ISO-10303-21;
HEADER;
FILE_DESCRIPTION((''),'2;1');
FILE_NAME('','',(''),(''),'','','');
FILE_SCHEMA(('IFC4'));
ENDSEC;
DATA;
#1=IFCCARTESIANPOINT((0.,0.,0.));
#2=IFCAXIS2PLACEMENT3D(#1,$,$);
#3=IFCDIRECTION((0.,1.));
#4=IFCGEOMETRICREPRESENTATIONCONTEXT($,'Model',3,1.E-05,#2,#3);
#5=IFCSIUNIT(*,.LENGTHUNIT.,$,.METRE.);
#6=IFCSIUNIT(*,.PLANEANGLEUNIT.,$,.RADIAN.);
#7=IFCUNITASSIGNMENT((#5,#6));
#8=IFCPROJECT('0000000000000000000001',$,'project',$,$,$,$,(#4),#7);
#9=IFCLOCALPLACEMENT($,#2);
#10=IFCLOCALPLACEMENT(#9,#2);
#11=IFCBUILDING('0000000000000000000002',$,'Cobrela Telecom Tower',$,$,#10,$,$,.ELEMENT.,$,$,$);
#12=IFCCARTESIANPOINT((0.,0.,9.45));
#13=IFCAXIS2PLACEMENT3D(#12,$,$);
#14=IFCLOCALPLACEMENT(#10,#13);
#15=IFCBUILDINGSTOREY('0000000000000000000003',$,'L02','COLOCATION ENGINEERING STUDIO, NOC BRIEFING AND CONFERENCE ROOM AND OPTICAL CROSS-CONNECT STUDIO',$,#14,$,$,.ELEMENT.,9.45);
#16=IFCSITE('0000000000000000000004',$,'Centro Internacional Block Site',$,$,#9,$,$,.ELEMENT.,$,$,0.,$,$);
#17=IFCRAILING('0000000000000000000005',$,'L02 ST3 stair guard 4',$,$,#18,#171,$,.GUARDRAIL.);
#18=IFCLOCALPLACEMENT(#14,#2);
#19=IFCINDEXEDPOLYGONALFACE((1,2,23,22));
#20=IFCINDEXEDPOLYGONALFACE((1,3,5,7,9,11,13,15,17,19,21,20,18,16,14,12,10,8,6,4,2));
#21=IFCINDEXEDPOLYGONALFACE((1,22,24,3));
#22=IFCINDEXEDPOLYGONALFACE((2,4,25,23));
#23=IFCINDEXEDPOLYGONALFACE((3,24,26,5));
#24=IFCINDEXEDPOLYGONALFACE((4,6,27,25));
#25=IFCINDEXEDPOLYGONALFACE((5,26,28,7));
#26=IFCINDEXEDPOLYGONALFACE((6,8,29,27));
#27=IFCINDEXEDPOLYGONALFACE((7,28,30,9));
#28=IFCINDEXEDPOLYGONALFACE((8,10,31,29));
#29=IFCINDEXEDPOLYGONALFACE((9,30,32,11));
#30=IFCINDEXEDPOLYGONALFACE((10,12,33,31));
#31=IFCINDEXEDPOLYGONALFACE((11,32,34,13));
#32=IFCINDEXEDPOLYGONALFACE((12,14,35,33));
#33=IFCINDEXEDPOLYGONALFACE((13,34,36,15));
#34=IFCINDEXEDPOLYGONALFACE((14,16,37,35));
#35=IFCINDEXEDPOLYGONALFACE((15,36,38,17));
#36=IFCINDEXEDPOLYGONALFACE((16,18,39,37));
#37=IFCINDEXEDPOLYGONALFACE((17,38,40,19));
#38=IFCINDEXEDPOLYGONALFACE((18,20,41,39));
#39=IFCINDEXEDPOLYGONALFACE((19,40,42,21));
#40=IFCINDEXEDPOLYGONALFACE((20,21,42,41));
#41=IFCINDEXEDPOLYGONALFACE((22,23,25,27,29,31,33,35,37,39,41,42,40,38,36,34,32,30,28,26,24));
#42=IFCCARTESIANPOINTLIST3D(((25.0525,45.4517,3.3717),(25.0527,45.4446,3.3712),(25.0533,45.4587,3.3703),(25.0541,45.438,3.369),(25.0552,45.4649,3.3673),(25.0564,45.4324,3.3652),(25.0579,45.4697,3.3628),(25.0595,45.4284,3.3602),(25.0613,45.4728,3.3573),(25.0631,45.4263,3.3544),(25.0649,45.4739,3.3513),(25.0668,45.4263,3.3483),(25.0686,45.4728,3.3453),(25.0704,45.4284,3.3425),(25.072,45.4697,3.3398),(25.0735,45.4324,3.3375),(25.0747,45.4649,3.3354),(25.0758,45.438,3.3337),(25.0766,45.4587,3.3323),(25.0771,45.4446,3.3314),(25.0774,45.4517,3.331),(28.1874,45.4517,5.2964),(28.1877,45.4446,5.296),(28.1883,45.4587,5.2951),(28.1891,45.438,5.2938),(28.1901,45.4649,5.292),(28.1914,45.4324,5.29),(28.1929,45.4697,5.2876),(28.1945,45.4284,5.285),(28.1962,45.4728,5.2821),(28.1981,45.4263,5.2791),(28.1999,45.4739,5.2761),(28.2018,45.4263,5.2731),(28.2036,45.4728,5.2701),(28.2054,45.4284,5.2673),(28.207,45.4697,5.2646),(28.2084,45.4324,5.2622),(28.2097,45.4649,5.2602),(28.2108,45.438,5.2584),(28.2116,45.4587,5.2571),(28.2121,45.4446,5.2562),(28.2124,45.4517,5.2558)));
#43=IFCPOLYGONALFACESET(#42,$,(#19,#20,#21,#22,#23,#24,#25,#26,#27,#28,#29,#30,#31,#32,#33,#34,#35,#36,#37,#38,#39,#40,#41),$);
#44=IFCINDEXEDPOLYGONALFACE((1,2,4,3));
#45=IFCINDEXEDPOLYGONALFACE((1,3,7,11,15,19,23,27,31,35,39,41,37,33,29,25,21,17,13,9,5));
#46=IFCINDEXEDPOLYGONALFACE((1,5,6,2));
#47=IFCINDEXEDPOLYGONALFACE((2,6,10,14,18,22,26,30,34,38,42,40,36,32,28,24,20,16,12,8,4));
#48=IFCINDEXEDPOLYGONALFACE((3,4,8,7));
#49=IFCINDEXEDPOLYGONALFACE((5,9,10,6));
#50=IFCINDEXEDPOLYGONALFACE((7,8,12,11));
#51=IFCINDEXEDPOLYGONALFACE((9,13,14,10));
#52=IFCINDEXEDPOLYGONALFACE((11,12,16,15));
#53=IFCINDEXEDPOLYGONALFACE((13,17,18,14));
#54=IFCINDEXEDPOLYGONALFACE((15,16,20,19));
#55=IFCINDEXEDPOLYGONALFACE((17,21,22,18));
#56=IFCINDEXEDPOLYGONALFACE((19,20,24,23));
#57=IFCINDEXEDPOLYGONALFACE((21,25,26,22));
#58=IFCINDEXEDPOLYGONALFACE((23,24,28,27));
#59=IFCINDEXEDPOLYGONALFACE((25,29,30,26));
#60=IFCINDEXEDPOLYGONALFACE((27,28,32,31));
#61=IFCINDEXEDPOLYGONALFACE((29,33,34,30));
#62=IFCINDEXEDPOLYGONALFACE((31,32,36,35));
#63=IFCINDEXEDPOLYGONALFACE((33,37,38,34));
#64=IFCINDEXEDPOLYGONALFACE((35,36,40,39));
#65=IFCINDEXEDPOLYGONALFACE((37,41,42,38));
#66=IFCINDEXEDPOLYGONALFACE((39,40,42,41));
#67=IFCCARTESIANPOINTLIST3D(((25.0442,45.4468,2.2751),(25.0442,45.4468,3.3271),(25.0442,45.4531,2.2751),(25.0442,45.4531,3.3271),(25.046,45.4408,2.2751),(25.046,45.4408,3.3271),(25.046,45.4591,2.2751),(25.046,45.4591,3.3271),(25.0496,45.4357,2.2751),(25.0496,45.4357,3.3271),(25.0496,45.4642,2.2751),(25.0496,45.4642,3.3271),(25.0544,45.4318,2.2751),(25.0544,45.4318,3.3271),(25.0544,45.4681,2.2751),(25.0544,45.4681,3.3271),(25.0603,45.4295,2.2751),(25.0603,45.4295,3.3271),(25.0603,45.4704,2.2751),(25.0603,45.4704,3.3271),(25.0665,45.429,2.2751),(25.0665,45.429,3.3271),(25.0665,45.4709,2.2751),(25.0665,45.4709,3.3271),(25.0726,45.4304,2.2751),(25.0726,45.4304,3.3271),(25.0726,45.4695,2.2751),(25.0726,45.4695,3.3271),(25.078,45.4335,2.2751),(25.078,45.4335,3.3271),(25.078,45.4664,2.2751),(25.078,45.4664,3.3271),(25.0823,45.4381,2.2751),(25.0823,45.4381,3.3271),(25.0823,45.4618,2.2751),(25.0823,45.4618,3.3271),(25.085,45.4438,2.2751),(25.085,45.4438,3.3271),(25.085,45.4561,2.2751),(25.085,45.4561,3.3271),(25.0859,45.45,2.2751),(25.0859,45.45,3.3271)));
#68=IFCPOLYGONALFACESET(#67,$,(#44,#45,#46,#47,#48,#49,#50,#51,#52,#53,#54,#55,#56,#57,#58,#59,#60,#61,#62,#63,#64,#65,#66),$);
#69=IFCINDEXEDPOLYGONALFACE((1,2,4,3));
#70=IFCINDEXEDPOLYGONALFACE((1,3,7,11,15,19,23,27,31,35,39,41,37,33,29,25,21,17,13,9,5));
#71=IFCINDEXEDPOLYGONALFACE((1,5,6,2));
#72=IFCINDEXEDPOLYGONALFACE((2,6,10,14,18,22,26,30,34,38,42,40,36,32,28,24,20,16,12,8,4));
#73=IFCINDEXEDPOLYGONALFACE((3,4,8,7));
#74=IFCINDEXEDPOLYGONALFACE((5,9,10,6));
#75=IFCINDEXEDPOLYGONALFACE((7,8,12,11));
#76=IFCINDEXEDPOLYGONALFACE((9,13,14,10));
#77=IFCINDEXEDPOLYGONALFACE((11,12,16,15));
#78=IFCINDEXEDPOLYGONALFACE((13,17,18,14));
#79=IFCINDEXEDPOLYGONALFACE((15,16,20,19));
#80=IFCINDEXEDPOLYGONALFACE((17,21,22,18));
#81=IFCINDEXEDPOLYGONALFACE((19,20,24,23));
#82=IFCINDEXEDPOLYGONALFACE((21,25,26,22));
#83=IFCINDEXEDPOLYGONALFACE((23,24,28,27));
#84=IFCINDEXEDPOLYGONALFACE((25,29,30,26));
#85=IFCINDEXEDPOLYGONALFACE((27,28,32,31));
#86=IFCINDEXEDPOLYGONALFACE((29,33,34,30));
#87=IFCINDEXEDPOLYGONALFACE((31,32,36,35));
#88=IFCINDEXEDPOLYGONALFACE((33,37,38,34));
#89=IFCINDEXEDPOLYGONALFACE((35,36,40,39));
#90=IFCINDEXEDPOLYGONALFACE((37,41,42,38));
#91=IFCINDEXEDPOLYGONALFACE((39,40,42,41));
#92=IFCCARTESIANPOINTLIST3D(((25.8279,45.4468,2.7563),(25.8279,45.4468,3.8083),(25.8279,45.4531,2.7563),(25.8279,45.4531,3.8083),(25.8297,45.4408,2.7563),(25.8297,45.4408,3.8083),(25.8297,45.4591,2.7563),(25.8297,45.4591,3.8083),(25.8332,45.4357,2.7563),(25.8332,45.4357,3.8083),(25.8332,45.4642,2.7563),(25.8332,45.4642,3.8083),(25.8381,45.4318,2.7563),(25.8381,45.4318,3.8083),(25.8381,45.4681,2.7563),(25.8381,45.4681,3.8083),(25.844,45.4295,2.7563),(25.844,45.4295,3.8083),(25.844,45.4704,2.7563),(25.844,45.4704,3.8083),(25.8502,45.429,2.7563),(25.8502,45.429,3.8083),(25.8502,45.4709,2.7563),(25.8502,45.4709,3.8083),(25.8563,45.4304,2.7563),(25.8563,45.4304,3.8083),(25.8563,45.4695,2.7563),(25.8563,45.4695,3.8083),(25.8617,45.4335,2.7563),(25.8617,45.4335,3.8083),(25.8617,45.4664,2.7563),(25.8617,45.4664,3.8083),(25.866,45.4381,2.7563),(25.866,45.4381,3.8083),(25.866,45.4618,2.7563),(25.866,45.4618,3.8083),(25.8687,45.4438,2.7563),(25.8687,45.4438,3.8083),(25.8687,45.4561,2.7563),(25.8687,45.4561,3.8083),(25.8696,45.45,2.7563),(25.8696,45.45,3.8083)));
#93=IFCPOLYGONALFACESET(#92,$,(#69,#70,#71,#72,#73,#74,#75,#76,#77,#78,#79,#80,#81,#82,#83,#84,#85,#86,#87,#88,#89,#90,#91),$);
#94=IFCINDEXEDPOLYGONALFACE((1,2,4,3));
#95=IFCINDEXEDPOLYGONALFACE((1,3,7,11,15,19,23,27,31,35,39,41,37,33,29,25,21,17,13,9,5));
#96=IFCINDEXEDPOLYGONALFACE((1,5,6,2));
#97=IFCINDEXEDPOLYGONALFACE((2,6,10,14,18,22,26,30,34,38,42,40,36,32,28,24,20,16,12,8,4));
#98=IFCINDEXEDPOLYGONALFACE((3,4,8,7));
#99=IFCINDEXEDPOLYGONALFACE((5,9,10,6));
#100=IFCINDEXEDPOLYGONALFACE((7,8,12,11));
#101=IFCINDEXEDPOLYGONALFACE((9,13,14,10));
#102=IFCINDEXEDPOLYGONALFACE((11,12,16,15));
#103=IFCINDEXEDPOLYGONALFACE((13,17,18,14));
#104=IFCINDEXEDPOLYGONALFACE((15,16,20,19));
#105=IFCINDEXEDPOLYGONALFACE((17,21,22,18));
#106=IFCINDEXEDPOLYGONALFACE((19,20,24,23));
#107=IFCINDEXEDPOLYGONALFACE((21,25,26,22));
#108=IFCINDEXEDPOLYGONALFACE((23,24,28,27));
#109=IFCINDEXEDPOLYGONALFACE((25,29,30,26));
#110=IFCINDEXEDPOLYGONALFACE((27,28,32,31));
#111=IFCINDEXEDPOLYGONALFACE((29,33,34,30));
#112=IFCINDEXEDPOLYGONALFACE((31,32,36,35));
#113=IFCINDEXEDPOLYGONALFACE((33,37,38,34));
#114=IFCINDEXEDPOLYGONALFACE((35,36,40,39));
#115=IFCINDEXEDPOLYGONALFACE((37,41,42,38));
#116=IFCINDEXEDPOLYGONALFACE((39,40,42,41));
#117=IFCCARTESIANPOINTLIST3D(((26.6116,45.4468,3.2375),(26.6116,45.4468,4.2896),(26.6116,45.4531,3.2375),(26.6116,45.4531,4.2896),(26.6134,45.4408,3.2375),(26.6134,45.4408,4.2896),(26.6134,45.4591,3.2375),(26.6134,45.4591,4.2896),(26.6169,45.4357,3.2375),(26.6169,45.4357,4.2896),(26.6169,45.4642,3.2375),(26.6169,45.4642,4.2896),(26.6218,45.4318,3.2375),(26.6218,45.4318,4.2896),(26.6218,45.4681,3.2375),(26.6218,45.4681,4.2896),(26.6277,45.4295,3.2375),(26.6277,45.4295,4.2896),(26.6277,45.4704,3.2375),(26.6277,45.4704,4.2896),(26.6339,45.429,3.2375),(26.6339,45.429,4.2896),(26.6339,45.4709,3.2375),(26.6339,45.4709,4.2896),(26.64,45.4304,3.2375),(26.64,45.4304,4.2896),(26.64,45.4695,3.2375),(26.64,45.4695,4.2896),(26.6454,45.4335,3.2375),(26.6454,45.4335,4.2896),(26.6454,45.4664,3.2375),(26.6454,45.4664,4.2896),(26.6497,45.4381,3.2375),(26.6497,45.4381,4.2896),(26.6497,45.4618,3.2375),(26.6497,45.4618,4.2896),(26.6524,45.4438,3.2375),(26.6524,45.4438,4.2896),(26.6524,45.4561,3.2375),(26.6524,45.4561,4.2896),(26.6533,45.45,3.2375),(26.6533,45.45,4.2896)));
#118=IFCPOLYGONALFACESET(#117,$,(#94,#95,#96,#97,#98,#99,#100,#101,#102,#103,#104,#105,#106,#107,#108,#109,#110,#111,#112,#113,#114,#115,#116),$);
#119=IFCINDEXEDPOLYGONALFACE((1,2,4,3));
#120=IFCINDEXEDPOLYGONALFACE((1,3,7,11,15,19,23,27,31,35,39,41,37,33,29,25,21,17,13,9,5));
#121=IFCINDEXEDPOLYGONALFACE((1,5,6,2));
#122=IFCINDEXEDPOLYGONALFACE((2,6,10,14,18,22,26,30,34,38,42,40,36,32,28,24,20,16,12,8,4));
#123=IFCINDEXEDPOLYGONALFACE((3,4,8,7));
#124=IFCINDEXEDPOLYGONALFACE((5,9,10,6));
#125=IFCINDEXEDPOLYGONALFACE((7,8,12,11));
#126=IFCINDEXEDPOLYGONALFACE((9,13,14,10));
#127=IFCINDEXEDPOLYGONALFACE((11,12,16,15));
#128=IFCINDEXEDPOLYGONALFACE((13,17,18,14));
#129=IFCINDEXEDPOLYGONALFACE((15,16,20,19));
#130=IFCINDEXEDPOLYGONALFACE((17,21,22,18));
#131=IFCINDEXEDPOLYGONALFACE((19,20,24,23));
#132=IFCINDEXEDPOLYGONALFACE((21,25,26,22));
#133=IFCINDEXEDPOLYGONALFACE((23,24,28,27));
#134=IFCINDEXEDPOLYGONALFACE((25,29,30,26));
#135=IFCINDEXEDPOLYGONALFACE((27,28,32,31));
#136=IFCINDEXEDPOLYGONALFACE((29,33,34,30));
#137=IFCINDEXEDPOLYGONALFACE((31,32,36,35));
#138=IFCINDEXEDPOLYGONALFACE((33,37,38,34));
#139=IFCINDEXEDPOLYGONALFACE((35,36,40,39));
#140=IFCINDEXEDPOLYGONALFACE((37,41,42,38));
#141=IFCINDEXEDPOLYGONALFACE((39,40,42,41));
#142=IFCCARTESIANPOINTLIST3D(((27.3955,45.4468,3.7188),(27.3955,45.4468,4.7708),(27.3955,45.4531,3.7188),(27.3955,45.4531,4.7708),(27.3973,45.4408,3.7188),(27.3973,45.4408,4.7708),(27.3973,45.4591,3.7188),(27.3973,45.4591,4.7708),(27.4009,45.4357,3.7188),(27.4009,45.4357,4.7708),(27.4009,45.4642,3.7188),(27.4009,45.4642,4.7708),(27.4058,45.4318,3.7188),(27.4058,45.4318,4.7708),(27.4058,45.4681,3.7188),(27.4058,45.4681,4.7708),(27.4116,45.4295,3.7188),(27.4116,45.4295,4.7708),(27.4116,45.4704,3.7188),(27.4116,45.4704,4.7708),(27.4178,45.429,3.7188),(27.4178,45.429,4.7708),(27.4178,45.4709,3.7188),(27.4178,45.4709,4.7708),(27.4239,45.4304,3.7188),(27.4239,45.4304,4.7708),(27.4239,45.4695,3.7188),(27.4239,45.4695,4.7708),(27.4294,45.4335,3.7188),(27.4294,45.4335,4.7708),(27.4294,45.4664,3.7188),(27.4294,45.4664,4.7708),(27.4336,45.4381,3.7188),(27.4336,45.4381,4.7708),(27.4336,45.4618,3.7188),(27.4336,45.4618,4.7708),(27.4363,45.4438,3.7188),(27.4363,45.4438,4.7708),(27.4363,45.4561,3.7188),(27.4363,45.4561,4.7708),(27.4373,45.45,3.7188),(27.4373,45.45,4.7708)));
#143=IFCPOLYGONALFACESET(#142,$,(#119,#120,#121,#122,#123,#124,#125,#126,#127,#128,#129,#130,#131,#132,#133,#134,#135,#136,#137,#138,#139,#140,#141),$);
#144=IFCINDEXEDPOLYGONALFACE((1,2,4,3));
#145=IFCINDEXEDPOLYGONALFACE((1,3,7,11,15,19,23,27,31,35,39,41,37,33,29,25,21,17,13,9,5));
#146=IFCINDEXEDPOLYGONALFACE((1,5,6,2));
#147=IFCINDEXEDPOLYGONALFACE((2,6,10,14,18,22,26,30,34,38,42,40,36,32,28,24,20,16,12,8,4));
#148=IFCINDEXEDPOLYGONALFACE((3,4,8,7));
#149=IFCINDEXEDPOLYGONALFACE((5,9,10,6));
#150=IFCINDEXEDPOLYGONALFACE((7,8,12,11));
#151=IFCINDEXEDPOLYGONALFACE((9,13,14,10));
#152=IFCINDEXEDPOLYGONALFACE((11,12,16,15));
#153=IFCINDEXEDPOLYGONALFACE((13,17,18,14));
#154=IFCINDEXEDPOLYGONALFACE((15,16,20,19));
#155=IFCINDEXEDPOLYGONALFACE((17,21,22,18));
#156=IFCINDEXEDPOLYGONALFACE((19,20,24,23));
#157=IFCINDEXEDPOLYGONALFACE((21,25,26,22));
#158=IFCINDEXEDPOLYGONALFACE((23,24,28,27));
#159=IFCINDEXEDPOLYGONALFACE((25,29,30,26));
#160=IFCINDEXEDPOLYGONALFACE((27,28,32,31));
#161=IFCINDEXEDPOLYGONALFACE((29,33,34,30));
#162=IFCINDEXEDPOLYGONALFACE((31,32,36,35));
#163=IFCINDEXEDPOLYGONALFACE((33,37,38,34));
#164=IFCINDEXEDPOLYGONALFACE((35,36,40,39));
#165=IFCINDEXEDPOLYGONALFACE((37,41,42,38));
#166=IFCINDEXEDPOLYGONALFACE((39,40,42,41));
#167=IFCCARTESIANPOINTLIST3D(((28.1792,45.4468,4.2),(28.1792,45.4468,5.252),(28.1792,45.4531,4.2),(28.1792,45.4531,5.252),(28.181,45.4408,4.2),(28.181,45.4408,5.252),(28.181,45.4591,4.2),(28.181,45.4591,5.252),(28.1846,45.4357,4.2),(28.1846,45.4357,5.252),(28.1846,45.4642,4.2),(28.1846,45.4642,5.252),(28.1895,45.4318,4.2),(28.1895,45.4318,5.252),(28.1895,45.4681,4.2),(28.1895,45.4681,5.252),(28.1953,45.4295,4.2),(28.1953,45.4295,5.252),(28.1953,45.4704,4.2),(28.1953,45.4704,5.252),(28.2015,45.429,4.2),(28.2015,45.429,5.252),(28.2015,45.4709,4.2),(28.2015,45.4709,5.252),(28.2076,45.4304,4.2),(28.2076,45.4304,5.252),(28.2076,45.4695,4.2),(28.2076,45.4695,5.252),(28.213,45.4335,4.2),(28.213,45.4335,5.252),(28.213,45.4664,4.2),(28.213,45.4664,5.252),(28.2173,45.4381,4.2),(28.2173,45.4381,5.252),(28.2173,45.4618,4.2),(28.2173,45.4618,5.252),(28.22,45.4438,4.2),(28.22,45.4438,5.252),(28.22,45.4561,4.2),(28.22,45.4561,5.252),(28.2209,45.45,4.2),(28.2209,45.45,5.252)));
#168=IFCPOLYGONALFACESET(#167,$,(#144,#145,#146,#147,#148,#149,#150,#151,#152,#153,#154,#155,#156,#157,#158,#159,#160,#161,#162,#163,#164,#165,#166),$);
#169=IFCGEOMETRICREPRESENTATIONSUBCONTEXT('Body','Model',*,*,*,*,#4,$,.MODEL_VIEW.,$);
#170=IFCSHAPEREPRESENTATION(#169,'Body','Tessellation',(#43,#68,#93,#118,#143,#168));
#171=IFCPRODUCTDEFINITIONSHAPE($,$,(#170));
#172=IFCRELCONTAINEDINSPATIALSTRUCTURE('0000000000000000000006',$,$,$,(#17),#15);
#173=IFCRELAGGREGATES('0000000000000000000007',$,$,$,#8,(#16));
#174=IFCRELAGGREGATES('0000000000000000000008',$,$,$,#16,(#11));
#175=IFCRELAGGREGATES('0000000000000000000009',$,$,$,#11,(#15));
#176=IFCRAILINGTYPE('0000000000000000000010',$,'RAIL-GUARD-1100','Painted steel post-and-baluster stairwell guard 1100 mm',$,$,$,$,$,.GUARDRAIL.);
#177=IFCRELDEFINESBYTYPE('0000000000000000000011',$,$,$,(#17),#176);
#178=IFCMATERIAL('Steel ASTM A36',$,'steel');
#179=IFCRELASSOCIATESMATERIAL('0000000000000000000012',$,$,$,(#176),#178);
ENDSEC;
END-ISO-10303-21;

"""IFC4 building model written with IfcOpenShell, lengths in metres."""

from ifc_helpers import new_model, si_unit, direction, frame, origin, origin_2d, place, context, subcontext, project, spatial, circle, extrude, material, type_object, element, save


model = new_model("IFC4")

# Units and contexts
model_context = context("Model", 3, precision=1e-05, world=origin(), true_north=direction((0.0, 1.0)))
body_context = subcontext(model_context, "Body", "Model", "MODEL_VIEW")
ifc_project = project(units=[si_unit("LENGTHUNIT", "METRE"), si_unit("PLANEANGLEUNIT", "RADIAN")], contexts=[model_context])

# Site, building, storey
site_placement = place(None, origin())
site = spatial("IfcSite", under=ifc_project, at=site_placement, Name="Centro Internacional Block Site", CompositionType="ELEMENT", RefElevation=0.0)
building_placement = place(site_placement, origin())
building = spatial("IfcBuilding", under=site, at=building_placement, Name="Cobrela Telecom Tower", CompositionType="ELEMENT")
storey_placement = place(building_placement, frame((0.0, 0.0, 9.45)))
storey = spatial("IfcBuildingStorey", under=building, at=storey_placement, Name="L02", Description="COLOCATION ENGINEERING STUDIO, NOC BRIEFING AND CONFERENCE ROOM AND OPTICAL CROSS-CONNECT STUDIO", CompositionType="ELEMENT", Elevation=9.45)

# Shared definitions
ifc_material_1 = material(Name="Steel ASTM A36", Category="steel")

# Railing
railing_type_1 = type_object("IfcRailingType", Name="RAIL-GUARD-1100", Description="Painted steel post-and-baluster stairwell guard 1100 mm", PredefinedType="GUARDRAIL", material=ifc_material_1)
railing_1_placement = place(storey_placement, frame((25.0649, 45.45, 2.2751)))
element("IfcRailing", 1, at=railing_1_placement, inside=storey, type_object=railing_type_1, Name="L02 ST3 stair guard 4", PredefinedType="GUARDRAIL", context=body_context, shape_type="SweptSolid", body=[
    extrude(circle(Radius=0.0239, at=origin_2d()), frame((0.0, 0.0, 1.0762), z_axis=(0.852196, 0.0, 0.523223), x_axis=(0.0, 1.0, 0.0)), (0.0, 0.0, 1.0), 3.6787),
    extrude(circle(Radius=0.021, at=origin_2d()), origin(), (0.0, 0.0, 1.0), 1.052),
    extrude(circle(Radius=0.021, at=origin_2d()), frame((0.7837, 0.0, 0.4812)), (0.0, 0.0, 1.0), 1.052),
    extrude(circle(Radius=0.021, at=origin_2d()), frame((1.5674, 0.0, 0.9624)), (0.0, 0.0, 1.0), 1.052),
    extrude(circle(Radius=0.021, at=origin_2d()), frame((2.3513, 0.0, 1.4436)), (0.0, 0.0, 1.0), 1.052),
    extrude(circle(Radius=0.021, at=origin_2d()), frame((3.135, 0.0, 1.9248)), (0.0, 0.0, 1.0), 1.052),
])

save(model, "model.ifc")
